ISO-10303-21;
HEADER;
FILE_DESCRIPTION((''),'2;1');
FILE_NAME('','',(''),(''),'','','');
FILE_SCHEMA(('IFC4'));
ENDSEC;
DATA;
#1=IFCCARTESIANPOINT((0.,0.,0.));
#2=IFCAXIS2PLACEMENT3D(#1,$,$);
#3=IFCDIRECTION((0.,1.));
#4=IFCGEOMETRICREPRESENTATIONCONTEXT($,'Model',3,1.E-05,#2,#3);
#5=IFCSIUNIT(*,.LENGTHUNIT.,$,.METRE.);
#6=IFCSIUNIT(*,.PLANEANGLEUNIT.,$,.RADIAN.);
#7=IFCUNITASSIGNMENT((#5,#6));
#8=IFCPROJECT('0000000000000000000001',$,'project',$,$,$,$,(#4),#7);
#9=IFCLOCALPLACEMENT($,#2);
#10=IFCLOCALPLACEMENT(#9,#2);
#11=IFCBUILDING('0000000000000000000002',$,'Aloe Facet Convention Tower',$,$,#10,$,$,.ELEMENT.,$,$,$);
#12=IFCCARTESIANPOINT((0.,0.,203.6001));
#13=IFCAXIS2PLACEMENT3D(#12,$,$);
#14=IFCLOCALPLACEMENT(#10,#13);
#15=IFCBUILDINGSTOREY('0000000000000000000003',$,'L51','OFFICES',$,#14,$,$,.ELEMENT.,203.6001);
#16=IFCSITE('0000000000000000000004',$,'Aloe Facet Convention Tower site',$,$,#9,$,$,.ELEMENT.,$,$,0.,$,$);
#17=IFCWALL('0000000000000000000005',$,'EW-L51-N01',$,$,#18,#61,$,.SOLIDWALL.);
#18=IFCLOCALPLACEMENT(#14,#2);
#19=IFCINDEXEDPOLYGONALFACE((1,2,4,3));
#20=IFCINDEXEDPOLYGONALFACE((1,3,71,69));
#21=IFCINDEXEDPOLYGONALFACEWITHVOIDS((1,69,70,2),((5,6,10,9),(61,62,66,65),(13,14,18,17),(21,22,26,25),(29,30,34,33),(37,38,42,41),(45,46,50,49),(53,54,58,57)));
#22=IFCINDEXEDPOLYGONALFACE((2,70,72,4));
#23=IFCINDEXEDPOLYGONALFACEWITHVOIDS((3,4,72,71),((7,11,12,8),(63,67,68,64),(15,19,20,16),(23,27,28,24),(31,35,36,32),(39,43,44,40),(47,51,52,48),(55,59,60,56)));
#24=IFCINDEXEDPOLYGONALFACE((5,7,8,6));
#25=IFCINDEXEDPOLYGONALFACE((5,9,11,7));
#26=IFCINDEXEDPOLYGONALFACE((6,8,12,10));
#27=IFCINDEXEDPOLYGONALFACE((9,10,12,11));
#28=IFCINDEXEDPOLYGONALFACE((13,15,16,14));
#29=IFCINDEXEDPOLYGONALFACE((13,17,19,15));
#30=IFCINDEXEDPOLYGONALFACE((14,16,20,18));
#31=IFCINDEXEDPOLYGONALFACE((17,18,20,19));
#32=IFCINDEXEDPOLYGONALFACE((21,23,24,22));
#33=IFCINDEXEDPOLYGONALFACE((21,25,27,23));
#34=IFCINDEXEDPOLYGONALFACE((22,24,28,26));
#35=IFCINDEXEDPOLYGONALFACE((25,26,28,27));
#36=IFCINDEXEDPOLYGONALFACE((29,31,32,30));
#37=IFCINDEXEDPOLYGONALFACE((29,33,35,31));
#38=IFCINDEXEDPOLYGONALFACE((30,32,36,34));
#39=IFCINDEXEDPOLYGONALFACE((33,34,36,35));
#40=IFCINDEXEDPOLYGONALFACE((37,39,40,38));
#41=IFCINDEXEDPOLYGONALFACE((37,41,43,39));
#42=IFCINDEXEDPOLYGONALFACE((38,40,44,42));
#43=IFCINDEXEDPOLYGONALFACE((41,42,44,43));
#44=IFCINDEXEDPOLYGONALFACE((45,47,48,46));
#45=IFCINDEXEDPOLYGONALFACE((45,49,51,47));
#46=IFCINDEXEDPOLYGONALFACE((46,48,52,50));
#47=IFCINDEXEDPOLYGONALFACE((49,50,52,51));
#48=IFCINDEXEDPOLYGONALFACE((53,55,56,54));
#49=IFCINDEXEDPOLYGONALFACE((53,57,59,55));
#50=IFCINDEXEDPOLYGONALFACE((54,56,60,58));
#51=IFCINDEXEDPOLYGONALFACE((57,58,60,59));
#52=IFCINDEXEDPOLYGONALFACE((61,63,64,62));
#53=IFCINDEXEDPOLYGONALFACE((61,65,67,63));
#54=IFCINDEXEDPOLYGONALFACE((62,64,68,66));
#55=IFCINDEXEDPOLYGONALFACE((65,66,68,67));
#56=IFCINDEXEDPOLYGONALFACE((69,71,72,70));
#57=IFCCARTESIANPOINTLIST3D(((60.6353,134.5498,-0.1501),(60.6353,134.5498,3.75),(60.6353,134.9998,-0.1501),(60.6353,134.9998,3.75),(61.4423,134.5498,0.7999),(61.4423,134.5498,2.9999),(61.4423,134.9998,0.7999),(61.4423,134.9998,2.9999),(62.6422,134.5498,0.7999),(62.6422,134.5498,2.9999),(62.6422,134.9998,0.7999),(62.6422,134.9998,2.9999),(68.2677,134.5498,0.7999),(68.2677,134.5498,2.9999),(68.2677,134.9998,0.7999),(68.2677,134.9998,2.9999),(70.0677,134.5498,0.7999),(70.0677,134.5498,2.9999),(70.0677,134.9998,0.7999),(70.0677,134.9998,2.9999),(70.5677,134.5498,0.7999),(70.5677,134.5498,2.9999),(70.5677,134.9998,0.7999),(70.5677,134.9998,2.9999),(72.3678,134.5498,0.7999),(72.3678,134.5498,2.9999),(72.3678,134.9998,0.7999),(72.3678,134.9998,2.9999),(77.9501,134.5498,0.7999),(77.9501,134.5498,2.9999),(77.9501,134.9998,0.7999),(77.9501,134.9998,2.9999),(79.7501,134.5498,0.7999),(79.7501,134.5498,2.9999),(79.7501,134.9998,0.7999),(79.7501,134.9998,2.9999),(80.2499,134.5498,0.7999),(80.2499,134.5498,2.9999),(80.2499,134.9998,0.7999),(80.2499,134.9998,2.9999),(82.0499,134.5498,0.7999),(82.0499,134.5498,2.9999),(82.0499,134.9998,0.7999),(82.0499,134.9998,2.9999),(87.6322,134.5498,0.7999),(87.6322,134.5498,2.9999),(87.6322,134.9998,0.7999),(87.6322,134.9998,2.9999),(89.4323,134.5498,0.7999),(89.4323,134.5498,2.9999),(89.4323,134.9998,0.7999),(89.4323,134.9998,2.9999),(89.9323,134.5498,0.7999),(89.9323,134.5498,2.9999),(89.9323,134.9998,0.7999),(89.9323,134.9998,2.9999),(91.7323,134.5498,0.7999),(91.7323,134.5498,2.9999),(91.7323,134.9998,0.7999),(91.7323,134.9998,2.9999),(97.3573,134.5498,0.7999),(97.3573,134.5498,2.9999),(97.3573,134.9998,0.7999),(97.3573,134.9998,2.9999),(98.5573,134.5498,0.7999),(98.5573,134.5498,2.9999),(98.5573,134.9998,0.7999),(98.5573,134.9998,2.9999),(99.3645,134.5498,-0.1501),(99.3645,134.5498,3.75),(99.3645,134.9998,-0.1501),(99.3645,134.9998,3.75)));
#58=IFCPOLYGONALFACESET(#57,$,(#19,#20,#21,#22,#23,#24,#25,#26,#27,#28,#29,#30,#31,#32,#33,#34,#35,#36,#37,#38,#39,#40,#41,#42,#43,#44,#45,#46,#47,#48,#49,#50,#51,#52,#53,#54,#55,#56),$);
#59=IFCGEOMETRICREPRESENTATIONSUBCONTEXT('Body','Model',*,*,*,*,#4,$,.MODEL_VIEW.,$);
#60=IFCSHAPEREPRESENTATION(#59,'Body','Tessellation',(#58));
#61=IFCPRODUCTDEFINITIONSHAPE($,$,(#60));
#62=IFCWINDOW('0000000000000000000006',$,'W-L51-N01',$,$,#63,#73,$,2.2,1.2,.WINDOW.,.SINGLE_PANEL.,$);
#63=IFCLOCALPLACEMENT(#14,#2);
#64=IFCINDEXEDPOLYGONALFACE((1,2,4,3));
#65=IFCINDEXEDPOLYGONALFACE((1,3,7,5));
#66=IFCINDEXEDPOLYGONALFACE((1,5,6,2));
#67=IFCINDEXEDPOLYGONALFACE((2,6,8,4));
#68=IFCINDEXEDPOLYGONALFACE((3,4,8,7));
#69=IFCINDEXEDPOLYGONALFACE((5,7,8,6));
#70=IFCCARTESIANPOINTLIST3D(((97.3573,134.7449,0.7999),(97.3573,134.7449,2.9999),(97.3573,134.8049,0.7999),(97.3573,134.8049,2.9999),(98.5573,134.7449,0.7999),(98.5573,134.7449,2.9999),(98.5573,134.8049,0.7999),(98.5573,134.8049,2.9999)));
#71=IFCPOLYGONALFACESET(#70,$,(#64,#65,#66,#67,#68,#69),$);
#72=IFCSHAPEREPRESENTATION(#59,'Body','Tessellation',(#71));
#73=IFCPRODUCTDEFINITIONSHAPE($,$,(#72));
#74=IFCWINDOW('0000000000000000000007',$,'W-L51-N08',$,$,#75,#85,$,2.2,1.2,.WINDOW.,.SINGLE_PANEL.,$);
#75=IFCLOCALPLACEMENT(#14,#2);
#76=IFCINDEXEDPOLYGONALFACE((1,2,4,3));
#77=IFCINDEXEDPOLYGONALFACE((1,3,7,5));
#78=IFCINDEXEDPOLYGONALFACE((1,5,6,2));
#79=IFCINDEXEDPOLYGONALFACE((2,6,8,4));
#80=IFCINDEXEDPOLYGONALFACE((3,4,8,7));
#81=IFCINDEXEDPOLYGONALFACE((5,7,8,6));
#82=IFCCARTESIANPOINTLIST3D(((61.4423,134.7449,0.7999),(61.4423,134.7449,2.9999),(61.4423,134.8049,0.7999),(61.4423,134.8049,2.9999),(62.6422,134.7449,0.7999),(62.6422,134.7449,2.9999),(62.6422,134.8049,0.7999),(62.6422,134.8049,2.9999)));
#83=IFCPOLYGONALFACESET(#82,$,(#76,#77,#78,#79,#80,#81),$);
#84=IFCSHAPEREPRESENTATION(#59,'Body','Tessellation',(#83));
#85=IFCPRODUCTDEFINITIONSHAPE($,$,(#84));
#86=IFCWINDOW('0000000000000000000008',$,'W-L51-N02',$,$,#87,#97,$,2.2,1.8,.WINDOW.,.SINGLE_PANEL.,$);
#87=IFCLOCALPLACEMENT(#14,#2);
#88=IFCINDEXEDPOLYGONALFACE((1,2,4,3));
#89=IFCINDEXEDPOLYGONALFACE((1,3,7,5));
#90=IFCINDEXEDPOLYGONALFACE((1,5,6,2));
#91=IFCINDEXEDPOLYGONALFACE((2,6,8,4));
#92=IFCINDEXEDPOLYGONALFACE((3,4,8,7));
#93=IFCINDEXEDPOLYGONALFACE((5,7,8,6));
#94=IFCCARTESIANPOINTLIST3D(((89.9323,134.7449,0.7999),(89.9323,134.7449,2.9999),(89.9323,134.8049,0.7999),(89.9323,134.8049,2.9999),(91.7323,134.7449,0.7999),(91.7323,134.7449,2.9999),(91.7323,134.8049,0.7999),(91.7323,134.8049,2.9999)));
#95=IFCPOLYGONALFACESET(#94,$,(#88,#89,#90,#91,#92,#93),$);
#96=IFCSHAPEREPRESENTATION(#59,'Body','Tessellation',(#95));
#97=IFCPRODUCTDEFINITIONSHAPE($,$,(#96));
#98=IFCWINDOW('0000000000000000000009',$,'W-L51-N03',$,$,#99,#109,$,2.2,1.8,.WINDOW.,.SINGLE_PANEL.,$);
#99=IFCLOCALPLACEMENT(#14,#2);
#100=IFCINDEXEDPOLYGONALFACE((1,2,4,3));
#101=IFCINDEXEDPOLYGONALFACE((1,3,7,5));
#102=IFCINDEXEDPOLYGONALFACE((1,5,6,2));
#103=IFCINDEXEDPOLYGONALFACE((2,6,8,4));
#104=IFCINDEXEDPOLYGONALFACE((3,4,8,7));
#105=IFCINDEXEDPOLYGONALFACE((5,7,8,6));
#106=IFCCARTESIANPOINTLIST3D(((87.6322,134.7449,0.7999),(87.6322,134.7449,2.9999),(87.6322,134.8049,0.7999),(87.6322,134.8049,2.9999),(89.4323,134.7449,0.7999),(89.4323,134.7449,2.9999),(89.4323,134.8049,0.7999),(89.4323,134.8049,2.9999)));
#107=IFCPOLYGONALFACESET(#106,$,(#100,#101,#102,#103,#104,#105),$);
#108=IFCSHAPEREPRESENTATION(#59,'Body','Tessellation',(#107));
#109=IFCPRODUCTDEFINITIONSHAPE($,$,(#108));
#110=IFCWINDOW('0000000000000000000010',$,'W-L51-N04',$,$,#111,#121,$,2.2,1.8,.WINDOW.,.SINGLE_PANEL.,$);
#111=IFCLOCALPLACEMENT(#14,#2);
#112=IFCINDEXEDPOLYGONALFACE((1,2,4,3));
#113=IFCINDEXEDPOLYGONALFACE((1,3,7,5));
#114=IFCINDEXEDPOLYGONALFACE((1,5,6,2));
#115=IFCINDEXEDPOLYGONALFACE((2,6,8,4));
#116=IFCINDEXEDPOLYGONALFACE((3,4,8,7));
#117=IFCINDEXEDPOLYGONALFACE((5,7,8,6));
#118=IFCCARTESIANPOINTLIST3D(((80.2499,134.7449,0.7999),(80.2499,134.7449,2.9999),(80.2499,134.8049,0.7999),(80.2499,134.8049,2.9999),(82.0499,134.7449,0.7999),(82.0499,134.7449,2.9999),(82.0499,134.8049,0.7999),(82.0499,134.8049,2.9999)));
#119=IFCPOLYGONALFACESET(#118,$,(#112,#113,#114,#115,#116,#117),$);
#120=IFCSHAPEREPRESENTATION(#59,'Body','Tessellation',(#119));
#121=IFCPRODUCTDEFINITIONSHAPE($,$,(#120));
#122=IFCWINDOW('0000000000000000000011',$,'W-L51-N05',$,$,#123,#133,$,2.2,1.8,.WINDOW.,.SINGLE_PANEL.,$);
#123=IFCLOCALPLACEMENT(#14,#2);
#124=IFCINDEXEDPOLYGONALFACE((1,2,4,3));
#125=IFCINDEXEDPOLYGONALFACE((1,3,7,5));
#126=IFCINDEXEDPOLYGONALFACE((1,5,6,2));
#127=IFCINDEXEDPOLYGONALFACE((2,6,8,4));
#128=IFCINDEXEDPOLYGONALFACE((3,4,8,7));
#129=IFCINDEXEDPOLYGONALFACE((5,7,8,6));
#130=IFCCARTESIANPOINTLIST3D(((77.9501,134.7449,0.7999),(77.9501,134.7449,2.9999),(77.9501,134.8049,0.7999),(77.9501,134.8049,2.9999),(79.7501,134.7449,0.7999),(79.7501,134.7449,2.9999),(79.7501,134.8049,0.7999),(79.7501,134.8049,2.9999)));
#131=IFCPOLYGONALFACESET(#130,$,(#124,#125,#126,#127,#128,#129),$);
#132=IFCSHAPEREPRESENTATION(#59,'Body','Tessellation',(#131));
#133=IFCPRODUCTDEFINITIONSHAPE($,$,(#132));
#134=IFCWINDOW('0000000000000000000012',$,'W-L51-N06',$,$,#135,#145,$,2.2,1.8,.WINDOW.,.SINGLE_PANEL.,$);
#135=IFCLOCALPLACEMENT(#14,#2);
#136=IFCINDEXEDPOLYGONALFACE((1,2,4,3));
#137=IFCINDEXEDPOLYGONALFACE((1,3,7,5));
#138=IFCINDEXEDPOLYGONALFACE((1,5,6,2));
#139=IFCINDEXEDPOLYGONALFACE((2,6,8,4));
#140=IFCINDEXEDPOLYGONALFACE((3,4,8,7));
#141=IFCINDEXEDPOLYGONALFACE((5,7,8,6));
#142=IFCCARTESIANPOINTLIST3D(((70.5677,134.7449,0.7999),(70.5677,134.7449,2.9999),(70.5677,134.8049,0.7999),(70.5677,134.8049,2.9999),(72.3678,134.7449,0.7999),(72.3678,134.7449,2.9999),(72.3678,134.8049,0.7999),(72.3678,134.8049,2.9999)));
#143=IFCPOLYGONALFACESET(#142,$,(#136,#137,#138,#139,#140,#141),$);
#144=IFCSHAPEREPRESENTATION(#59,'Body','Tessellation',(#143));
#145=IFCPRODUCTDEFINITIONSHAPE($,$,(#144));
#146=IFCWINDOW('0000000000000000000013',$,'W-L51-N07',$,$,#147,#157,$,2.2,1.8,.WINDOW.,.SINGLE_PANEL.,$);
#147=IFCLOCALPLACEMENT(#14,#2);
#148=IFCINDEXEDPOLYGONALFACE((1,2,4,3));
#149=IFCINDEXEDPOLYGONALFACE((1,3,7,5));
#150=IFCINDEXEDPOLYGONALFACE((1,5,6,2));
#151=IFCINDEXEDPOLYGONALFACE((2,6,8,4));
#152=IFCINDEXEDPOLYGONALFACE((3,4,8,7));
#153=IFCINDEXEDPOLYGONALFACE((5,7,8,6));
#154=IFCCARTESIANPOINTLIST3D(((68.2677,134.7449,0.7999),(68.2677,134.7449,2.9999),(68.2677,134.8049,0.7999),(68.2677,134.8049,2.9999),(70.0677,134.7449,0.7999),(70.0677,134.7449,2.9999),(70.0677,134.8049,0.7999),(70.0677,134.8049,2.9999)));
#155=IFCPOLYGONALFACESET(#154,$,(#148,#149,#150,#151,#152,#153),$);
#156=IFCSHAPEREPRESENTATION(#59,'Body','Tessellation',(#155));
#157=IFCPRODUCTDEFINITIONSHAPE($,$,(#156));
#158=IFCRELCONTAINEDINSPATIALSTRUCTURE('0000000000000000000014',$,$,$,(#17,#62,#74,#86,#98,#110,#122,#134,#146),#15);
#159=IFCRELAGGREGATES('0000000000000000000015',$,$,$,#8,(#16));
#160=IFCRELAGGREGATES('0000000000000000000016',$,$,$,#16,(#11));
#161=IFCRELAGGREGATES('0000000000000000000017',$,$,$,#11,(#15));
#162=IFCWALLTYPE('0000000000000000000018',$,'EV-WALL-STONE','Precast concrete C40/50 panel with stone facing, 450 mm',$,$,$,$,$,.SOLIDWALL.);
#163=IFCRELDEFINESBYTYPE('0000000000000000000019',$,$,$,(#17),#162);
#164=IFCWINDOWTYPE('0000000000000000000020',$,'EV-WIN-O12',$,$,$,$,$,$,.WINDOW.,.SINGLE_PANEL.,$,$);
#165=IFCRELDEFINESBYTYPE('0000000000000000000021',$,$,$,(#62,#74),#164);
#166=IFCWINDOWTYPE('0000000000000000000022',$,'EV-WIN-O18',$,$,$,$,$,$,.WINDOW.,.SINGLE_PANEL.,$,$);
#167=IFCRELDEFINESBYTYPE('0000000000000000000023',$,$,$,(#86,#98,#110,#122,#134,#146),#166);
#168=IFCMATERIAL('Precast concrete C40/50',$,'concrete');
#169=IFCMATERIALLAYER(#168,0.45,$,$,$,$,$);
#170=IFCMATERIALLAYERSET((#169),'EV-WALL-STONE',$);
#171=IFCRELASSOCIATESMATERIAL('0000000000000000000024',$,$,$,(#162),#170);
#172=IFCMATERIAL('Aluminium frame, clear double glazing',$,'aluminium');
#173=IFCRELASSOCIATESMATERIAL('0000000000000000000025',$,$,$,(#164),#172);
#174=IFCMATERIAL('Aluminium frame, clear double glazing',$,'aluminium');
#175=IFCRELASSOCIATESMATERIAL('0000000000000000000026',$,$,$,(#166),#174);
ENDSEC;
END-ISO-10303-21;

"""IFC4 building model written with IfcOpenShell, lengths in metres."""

from ifc_helpers import new_model, si_unit, direction, frame, frame_2d, origin, place, context, subcontext, project, spatial, polyline, rectangle, outline, extrude, material, layer, layer_set, type_object, element, fill, save


model = new_model("IFC4")

# Units and contexts
model_context = context("Model", 3, precision=1e-05, world=origin(), true_north=direction((0.0, 1.0)))
body_context = subcontext(model_context, "Body", "Model", "MODEL_VIEW")
ifc_project = project(units=[si_unit("LENGTHUNIT", "METRE"), si_unit("PLANEANGLEUNIT", "RADIAN")], contexts=[model_context])

# Site, building, storey
site_placement = place(None, origin())
site = spatial("IfcSite", under=ifc_project, at=site_placement, Name="Aloe Facet Convention Tower site", CompositionType="ELEMENT", RefElevation=0.0)
building_placement = place(site_placement, origin())
building = spatial("IfcBuilding", under=site, at=building_placement, Name="Aloe Facet Convention Tower", CompositionType="ELEMENT")
storey_placement = place(building_placement, frame((0.0, 0.0, 203.6001)))
storey = spatial("IfcBuildingStorey", under=building, at=storey_placement, Name="L51", Description="OFFICES", CompositionType="ELEMENT", Elevation=203.6001)

# Wall, openings, windows
ifc_material_1 = material(Name="Precast concrete C40/50", Category="concrete")
ifc_layer_1 = layer(ifc_material_1, 0.45)
ifc_layer_set_1 = layer_set([ifc_layer_1], Name="EV-WALL-STONE")
wall_type_1 = type_object("IfcWallType", Name="EV-WALL-STONE", Description="Precast concrete C40/50 panel with stone facing, 450 mm", PredefinedType="SOLIDWALL", material=ifc_layer_set_1)
wall_1_placement = place(storey_placement, frame((99.3645, 134.7749, -0.1501), z_axis=(0.0, 0.0, 1.0), x_axis=(-1.0, 0.0, 0.0)))
wall_1 = element("IfcWall", 1, at=wall_1_placement, inside=storey, type_object=wall_type_1, Name="EW-L51-N01", PredefinedType="SOLIDWALL", context=body_context, shape_type="SweptSolid", body=[
    extrude(outline(polyline([(38.7292, 0.0), (38.7292, 3.9001), (0.0, 3.9001), (0.0, 0.0), (38.7292, 0.0)])), frame((0.0, 0.2251, 0.0), z_axis=(0.0, -1.0, 0.0), x_axis=(1.0, 0.0, 0.0)), (0.0, 0.0, 1.0), 0.45),
])
opening_1_placement = place(wall_1_placement, frame((0.8071, 0.0, 0.95)))
opening_1 = element("IfcOpeningElement", 2, at=opening_1_placement, cuts=wall_1, PredefinedType="OPENING", context=body_context, shape_type="SweptSolid", body=[
    extrude(rectangle(XDim=1.2, YDim=2.2, at=frame_2d((0.6001, 1.1001))), frame((0.0, 0.2349, 0.0), z_axis=(0.0, -1.0, 0.0), x_axis=(1.0, 0.0, 0.0)), (0.0, 0.0, 1.0), 0.47),
])
opening_2_placement = place(wall_1_placement, frame((7.6323, 0.0, 0.95)))
opening_2 = element("IfcOpeningElement", 3, at=opening_2_placement, cuts=wall_1, PredefinedType="OPENING", context=body_context, shape_type="SweptSolid", body=[
    extrude(rectangle(XDim=1.8, YDim=2.2, at=frame_2d((0.8999, 1.1001))), frame((0.0, 0.2349, 0.0), z_axis=(0.0, -1.0, 0.0), x_axis=(1.0, 0.0, 0.0)), (0.0, 0.0, 1.0), 0.47),
])
opening_3_placement = place(wall_1_placement, frame((9.9324, 0.0, 0.95)))
opening_3 = element("IfcOpeningElement", 4, at=opening_3_placement, cuts=wall_1, PredefinedType="OPENING", context=body_context, shape_type="SweptSolid", body=[
    extrude(rectangle(XDim=1.8, YDim=2.2, at=frame_2d((0.8999, 1.1001))), frame((0.0, 0.2349, 0.0), z_axis=(0.0, -1.0, 0.0), x_axis=(1.0, 0.0, 0.0)), (0.0, 0.0, 1.0), 0.47),
])
opening_4_placement = place(wall_1_placement, frame((17.3147, 0.0, 0.95)))
opening_4 = element("IfcOpeningElement", 5, at=opening_4_placement, cuts=wall_1, PredefinedType="OPENING", context=body_context, shape_type="SweptSolid", body=[
    extrude(rectangle(XDim=1.8, YDim=2.2, at=frame_2d((0.8999, 1.1001))), frame((0.0, 0.2349, 0.0), z_axis=(0.0, -1.0, 0.0), x_axis=(1.0, 0.0, 0.0)), (0.0, 0.0, 1.0), 0.47),
])
opening_5_placement = place(wall_1_placement, frame((19.6145, 0.0, 0.95)))
opening_5 = element("IfcOpeningElement", 6, at=opening_5_placement, cuts=wall_1, PredefinedType="OPENING", context=body_context, shape_type="SweptSolid", body=[
    extrude(rectangle(XDim=1.8, YDim=2.2, at=frame_2d((0.8999, 1.1001))), frame((0.0, 0.2349, 0.0), z_axis=(0.0, -1.0, 0.0), x_axis=(1.0, 0.0, 0.0)), (0.0, 0.0, 1.0), 0.47),
])
opening_6_placement = place(wall_1_placement, frame((26.9968, 0.0, 0.95)))
opening_6 = element("IfcOpeningElement", 7, at=opening_6_placement, cuts=wall_1, PredefinedType="OPENING", context=body_context, shape_type="SweptSolid", body=[
    extrude(rectangle(XDim=1.8, YDim=2.2, at=frame_2d((0.8999, 1.1001))), frame((0.0, 0.2349, 0.0), z_axis=(0.0, -1.0, 0.0), x_axis=(1.0, 0.0, 0.0)), (0.0, 0.0, 1.0), 0.47),
])
opening_7_placement = place(wall_1_placement, frame((29.2969, 0.0, 0.95)))
opening_7 = element("IfcOpeningElement", 8, at=opening_7_placement, cuts=wall_1, PredefinedType="OPENING", context=body_context, shape_type="SweptSolid", body=[
    extrude(rectangle(XDim=1.8, YDim=2.2, at=frame_2d((0.8999, 1.1001))), frame((0.0, 0.2349, 0.0), z_axis=(0.0, -1.0, 0.0), x_axis=(1.0, 0.0, 0.0)), (0.0, 0.0, 1.0), 0.47),
])
opening_8_placement = place(wall_1_placement, frame((36.7222, 0.0, 0.95)))
opening_8 = element("IfcOpeningElement", 9, at=opening_8_placement, cuts=wall_1, PredefinedType="OPENING", context=body_context, shape_type="SweptSolid", body=[
    extrude(rectangle(XDim=1.2, YDim=2.2, at=frame_2d((0.6001, 1.1001))), frame((0.0, 0.2349, 0.0), z_axis=(0.0, -1.0, 0.0), x_axis=(1.0, 0.0, 0.0)), (0.0, 0.0, 1.0), 0.47),
])
ifc_material_2 = material(Name="Aluminium frame, clear double glazing", Category="aluminium")
window_type_1 = type_object("IfcWindowType", Name="EV-WIN-O12", PartitioningType="SINGLE_PANEL", PredefinedType="WINDOW", material=ifc_material_2)
window_1_placement = place(opening_1_placement, origin())
window_1 = element("IfcWindow", 10, at=window_1_placement, inside=storey, type_object=window_type_1, Name="W-L51-N01", OverallHeight=2.2, OverallWidth=1.2, PartitioningType="SINGLE_PANEL", PredefinedType="WINDOW", context=body_context, shape_type="SweptSolid", body=[
    extrude(rectangle(XDim=1.2, YDim=2.2, at=frame_2d((0.6001, 1.1001))), frame((0.0, 0.03, 0.0), z_axis=(0.0, -1.0, 0.0), x_axis=(1.0, 0.0, 0.0)), (0.0, 0.0, 1.0), 0.0601),
])
fill(opening_1, window_1)
window_2_placement = place(opening_8_placement, origin())
window_2 = element("IfcWindow", 11, at=window_2_placement, inside=storey, type_object=window_type_1, Name="W-L51-N08", OverallHeight=2.2, OverallWidth=1.2, PartitioningType="SINGLE_PANEL", PredefinedType="WINDOW", context=body_context, shape_type="SweptSolid", body=[
    extrude(rectangle(XDim=1.2, YDim=2.2, at=frame_2d((0.6001, 1.1001))), frame((0.0, 0.03, 0.0), z_axis=(0.0, -1.0, 0.0), x_axis=(1.0, 0.0, 0.0)), (0.0, 0.0, 1.0), 0.0601),
])
fill(opening_8, window_2)
ifc_material_3 = material(Name="Aluminium frame, clear double glazing", Category="aluminium")
window_type_2 = type_object("IfcWindowType", Name="EV-WIN-O18", PartitioningType="SINGLE_PANEL", PredefinedType="WINDOW", material=ifc_material_3)
window_3_placement = place(opening_2_placement, origin())
window_3 = element("IfcWindow", 12, at=window_3_placement, inside=storey, type_object=window_type_2, Name="W-L51-N02", OverallHeight=2.2, OverallWidth=1.8, PartitioningType="SINGLE_PANEL", PredefinedType="WINDOW", context=body_context, shape_type="SweptSolid", body=[
    extrude(rectangle(XDim=1.8, YDim=2.2, at=frame_2d((0.8999, 1.1001))), frame((0.0, 0.03, 0.0), z_axis=(0.0, -1.0, 0.0), x_axis=(1.0, 0.0, 0.0)), (0.0, 0.0, 1.0), 0.0601),
])
fill(opening_2, window_3)
window_4_placement = place(opening_3_placement, origin())
window_4 = element("IfcWindow", 13, at=window_4_placement, inside=storey, type_object=window_type_2, Name="W-L51-N03", OverallHeight=2.2, OverallWidth=1.8, PartitioningType="SINGLE_PANEL", PredefinedType="WINDOW", context=body_context, shape_type="SweptSolid", body=[
    extrude(rectangle(XDim=1.8, YDim=2.2, at=frame_2d((0.8999, 1.1001))), frame((0.0, 0.03, 0.0), z_axis=(0.0, -1.0, 0.0), x_axis=(1.0, 0.0, 0.0)), (0.0, 0.0, 1.0), 0.0601),
])
fill(opening_3, window_4)
window_5_placement = place(opening_4_placement, origin())
window_5 = element("IfcWindow", 14, at=window_5_placement, inside=storey, type_object=window_type_2, Name="W-L51-N04", OverallHeight=2.2, OverallWidth=1.8, PartitioningType="SINGLE_PANEL", PredefinedType="WINDOW", context=body_context, shape_type="SweptSolid", body=[
    extrude(rectangle(XDim=1.8, YDim=2.2, at=frame_2d((0.8999, 1.1001))), frame((0.0, 0.03, 0.0), z_axis=(0.0, -1.0, 0.0), x_axis=(1.0, 0.0, 0.0)), (0.0, 0.0, 1.0), 0.0601),
])
fill(opening_4, window_5)
window_6_placement = place(opening_5_placement, origin())
window_6 = element("IfcWindow", 15, at=window_6_placement, inside=storey, type_object=window_type_2, Name="W-L51-N05", OverallHeight=2.2, OverallWidth=1.8, PartitioningType="SINGLE_PANEL", PredefinedType="WINDOW", context=body_context, shape_type="SweptSolid", body=[
    extrude(rectangle(XDim=1.8, YDim=2.2, at=frame_2d((0.8999, 1.1001))), frame((0.0, 0.03, 0.0), z_axis=(0.0, -1.0, 0.0), x_axis=(1.0, 0.0, 0.0)), (0.0, 0.0, 1.0), 0.0601),
])
fill(opening_5, window_6)
window_7_placement = place(opening_6_placement, origin())
window_7 = element("IfcWindow", 16, at=window_7_placement, inside=storey, type_object=window_type_2, Name="W-L51-N06", OverallHeight=2.2, OverallWidth=1.8, PartitioningType="SINGLE_PANEL", PredefinedType="WINDOW", context=body_context, shape_type="SweptSolid", body=[
    extrude(rectangle(XDim=1.8, YDim=2.2, at=frame_2d((0.8999, 1.1001))), frame((0.0, 0.03, 0.0), z_axis=(0.0, -1.0, 0.0), x_axis=(1.0, 0.0, 0.0)), (0.0, 0.0, 1.0), 0.0601),
])
fill(opening_6, window_7)
window_8_placement = place(opening_7_placement, origin())
window_8 = element("IfcWindow", 17, at=window_8_placement, inside=storey, type_object=window_type_2, Name="W-L51-N07", OverallHeight=2.2, OverallWidth=1.8, PartitioningType="SINGLE_PANEL", PredefinedType="WINDOW", context=body_context, shape_type="SweptSolid", body=[
    extrude(rectangle(XDim=1.8, YDim=2.2, at=frame_2d((0.8999, 1.1001))), frame((0.0, 0.03, 0.0), z_axis=(0.0, -1.0, 0.0), x_axis=(1.0, 0.0, 0.0)), (0.0, 0.0, 1.0), 0.0601),
])
fill(opening_7, window_8)

save(model, "model.ifc")
